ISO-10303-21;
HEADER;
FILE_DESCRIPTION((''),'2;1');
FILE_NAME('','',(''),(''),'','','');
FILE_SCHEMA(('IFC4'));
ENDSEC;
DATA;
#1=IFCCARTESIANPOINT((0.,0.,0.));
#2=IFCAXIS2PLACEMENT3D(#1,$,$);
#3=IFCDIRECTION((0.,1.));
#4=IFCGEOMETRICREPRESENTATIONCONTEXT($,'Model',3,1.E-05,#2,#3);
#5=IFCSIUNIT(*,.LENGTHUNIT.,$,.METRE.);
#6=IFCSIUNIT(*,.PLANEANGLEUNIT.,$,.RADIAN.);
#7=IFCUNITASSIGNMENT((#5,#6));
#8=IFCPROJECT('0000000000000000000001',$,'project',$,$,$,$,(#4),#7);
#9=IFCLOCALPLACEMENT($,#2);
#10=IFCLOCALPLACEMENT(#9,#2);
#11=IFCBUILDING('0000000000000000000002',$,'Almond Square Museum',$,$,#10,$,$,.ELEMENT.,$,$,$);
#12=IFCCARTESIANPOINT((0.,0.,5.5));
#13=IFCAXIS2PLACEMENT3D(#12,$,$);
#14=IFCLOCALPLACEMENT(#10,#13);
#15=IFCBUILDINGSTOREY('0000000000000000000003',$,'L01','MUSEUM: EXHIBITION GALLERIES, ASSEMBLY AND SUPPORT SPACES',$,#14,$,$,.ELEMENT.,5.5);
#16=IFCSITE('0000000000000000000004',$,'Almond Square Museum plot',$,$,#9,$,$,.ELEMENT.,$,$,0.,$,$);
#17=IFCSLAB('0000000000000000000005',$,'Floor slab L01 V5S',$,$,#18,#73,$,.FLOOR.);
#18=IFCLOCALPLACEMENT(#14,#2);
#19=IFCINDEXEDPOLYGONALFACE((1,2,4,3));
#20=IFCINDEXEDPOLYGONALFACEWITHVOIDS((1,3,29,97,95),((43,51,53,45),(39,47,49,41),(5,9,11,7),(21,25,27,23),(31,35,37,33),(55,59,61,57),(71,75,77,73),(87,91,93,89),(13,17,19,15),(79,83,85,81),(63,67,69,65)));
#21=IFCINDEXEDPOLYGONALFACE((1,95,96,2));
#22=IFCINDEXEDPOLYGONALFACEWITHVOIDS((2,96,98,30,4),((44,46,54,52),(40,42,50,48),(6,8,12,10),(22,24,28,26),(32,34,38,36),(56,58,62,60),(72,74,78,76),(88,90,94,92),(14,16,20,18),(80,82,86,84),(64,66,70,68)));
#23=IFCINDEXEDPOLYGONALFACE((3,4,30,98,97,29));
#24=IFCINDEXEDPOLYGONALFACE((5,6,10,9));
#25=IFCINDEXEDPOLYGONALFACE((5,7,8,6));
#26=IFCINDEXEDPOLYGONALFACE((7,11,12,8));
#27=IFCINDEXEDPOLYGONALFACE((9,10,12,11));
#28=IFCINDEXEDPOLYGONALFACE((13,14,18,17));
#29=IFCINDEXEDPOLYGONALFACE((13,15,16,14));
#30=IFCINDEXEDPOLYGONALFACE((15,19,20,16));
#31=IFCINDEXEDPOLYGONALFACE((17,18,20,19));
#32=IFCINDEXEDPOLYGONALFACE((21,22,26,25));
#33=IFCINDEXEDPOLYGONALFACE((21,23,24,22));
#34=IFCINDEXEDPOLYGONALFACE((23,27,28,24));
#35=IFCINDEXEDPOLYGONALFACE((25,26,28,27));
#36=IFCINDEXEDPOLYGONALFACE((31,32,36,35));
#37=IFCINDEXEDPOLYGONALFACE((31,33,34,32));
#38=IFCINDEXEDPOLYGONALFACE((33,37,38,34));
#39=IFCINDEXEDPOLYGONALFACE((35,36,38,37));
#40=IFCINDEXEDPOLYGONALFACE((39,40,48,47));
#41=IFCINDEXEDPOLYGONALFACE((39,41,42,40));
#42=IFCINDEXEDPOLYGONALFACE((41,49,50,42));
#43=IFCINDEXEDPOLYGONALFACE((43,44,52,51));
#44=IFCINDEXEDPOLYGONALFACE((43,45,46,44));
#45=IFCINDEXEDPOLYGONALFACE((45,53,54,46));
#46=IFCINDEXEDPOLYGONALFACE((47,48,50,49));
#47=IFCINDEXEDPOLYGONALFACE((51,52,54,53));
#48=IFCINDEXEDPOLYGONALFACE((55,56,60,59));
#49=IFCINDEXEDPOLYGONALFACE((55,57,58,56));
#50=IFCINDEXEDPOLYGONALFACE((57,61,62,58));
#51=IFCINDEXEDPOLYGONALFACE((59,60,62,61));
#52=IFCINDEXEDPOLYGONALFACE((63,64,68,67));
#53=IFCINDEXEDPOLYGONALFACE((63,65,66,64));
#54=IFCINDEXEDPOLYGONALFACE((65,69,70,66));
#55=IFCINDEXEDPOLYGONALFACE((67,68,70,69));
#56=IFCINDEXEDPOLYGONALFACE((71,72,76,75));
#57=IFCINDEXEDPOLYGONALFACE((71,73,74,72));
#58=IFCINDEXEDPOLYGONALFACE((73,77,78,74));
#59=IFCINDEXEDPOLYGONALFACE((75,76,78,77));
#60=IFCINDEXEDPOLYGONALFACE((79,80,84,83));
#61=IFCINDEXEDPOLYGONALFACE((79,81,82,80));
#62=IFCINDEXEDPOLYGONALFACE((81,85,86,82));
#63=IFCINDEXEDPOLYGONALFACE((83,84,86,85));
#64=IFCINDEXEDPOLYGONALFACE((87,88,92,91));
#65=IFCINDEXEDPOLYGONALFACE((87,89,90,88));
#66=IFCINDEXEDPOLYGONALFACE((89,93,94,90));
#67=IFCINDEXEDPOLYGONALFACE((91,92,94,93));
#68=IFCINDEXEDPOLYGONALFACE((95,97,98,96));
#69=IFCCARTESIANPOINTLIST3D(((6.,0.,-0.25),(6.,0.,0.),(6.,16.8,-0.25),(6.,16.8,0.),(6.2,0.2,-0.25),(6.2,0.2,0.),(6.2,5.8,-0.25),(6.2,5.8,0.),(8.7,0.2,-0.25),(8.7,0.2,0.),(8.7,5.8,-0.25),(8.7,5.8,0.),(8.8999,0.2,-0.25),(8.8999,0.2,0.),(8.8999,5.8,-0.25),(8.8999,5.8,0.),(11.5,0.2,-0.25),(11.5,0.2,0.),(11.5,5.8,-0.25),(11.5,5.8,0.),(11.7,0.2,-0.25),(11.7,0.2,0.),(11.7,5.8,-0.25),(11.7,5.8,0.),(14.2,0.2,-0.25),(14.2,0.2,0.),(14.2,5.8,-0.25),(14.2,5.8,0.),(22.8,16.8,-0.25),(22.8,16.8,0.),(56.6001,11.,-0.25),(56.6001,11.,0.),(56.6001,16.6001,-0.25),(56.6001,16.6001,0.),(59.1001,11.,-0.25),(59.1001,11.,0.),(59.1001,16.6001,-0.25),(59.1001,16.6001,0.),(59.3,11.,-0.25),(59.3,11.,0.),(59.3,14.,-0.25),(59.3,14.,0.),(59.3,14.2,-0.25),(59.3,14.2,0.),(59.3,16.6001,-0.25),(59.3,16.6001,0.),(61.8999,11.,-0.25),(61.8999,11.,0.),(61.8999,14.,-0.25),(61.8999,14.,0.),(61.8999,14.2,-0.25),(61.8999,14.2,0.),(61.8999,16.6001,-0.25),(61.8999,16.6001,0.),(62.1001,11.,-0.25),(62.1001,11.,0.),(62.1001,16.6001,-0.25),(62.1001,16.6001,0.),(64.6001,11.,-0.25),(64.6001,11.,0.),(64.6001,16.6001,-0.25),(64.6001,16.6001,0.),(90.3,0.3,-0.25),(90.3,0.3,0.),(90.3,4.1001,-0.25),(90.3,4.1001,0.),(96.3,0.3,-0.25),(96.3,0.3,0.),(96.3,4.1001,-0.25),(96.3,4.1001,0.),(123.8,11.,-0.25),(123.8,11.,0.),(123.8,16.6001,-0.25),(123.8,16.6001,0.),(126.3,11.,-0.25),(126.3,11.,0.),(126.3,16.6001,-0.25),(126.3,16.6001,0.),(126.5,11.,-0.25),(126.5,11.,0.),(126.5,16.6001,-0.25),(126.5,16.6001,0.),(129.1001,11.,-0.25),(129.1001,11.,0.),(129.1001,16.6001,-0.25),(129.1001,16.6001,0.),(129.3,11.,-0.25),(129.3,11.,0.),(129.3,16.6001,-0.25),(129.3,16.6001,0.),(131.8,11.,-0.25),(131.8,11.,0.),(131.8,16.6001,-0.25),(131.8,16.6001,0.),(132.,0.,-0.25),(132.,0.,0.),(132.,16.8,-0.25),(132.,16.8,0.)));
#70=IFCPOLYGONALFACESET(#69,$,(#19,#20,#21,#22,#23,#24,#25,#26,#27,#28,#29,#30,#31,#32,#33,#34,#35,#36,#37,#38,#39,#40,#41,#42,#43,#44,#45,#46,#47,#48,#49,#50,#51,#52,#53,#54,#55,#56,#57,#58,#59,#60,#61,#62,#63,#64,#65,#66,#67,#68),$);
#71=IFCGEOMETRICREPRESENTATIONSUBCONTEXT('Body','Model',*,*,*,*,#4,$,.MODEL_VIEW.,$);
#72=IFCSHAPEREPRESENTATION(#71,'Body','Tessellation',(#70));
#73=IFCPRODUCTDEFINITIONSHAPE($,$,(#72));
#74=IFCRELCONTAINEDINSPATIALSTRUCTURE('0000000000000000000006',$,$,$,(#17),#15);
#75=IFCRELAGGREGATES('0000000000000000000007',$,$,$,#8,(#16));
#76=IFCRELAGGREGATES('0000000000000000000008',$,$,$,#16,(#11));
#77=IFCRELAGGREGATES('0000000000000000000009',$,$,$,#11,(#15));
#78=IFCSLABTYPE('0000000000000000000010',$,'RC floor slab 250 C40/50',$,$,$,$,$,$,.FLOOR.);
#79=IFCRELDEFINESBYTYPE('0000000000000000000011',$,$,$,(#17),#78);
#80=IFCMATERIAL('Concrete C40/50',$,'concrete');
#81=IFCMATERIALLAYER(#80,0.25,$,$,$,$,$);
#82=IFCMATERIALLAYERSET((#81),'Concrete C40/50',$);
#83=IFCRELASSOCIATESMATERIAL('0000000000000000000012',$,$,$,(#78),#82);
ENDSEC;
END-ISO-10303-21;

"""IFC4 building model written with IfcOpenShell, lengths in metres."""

from ifc_helpers import new_model, si_unit, direction, frame, origin, place, context, subcontext, project, spatial, polyline, outline, extrude, material, layer, layer_set, type_object, element, save


model = new_model("IFC4")

# Units and contexts
model_context = context("Model", 3, precision=1e-05, world=origin(), true_north=direction((0.0, 1.0)))
body_context = subcontext(model_context, "Body", "Model", "MODEL_VIEW")
ifc_project = project(units=[si_unit("LENGTHUNIT", "METRE"), si_unit("PLANEANGLEUNIT", "RADIAN")], contexts=[model_context])

# Site, building, storey
site_placement = place(None, origin())
site = spatial("IfcSite", under=ifc_project, at=site_placement, Name="Almond Square Museum plot", CompositionType="ELEMENT", RefElevation=0.0)
building_placement = place(site_placement, origin())
building = spatial("IfcBuilding", under=site, at=building_placement, Name="Almond Square Museum", CompositionType="ELEMENT")
storey_placement = place(building_placement, frame((0.0, 0.0, 5.5)))
storey = spatial("IfcBuildingStorey", under=building, at=storey_placement, Name="L01", Description="MUSEUM: EXHIBITION GALLERIES, ASSEMBLY AND SUPPORT SPACES", CompositionType="ELEMENT", Elevation=5.5)

# Slab
ifc_material_1 = material(Name="Concrete C40/50", Category="concrete")
ifc_layer_1 = layer(ifc_material_1, 0.25)
ifc_layer_set_1 = layer_set([ifc_layer_1], Name="Concrete C40/50")
slab_type_1 = type_object("IfcSlabType", Name="RC floor slab 250 C40/50", PredefinedType="FLOOR", material=ifc_layer_set_1)
slab_1_placement = place(storey_placement, frame((0.0, 0.0, -0.25)))
element("IfcSlab", 1, at=slab_1_placement, inside=storey, type_object=slab_type_1, Name="Floor slab L01 V5S", PredefinedType="FLOOR", context=body_context, shape_type="SweptSolid", body=[
    extrude(outline(polyline([(22.8, 16.8), (132.0, 16.8), (132.0, 0.0), (6.0, 0.0), (6.0, 16.8), (22.8, 16.8)]), holes=[polyline([(8.7, 0.2), (8.7, 5.8), (6.2, 5.8), (6.2, 0.2), (8.7, 0.2)]), polyline([(8.8999, 0.2), (11.5, 0.2), (11.5, 5.8), (8.8999, 5.8), (8.8999, 0.2)]), polyline([(11.7, 0.2), (14.2, 0.2), (14.2, 5.8), (11.7, 5.8), (11.7, 0.2)]), polyline([(90.3, 0.3), (96.3, 0.3), (96.3, 4.1001), (90.3, 4.1001), (90.3, 0.3)]), polyline([(59.3, 11.0), (61.8999, 11.0), (61.8999, 14.0), (59.3, 14.0), (59.3, 11.0)]), polyline([(62.1001, 11.0), (64.6001, 11.0), (64.6001, 16.6001), (62.1001, 16.6001), (62.1001, 11.0)]), polyline([(56.6001, 11.0), (59.1001, 11.0), (59.1001, 16.6001), (56.6001, 16.6001), (56.6001, 11.0)]), polyline([(59.3, 14.2), (61.8999, 14.2), (61.8999, 16.6001), (59.3, 16.6001), (59.3, 14.2)]), polyline([(123.8, 11.0), (126.3, 11.0), (126.3, 16.6001), (123.8, 16.6001), (123.8, 11.0)]), polyline([(126.5, 11.0), (129.1001, 11.0), (129.1001, 16.6001), (126.5, 16.6001), (126.5, 11.0)]), polyline([(129.3, 11.0), (131.8, 11.0), (131.8, 16.6001), (129.3, 16.6001), (129.3, 11.0)])]), origin(), (0.0, 0.0, 1.0), 0.25),
])

save(model, "model.ifc")
